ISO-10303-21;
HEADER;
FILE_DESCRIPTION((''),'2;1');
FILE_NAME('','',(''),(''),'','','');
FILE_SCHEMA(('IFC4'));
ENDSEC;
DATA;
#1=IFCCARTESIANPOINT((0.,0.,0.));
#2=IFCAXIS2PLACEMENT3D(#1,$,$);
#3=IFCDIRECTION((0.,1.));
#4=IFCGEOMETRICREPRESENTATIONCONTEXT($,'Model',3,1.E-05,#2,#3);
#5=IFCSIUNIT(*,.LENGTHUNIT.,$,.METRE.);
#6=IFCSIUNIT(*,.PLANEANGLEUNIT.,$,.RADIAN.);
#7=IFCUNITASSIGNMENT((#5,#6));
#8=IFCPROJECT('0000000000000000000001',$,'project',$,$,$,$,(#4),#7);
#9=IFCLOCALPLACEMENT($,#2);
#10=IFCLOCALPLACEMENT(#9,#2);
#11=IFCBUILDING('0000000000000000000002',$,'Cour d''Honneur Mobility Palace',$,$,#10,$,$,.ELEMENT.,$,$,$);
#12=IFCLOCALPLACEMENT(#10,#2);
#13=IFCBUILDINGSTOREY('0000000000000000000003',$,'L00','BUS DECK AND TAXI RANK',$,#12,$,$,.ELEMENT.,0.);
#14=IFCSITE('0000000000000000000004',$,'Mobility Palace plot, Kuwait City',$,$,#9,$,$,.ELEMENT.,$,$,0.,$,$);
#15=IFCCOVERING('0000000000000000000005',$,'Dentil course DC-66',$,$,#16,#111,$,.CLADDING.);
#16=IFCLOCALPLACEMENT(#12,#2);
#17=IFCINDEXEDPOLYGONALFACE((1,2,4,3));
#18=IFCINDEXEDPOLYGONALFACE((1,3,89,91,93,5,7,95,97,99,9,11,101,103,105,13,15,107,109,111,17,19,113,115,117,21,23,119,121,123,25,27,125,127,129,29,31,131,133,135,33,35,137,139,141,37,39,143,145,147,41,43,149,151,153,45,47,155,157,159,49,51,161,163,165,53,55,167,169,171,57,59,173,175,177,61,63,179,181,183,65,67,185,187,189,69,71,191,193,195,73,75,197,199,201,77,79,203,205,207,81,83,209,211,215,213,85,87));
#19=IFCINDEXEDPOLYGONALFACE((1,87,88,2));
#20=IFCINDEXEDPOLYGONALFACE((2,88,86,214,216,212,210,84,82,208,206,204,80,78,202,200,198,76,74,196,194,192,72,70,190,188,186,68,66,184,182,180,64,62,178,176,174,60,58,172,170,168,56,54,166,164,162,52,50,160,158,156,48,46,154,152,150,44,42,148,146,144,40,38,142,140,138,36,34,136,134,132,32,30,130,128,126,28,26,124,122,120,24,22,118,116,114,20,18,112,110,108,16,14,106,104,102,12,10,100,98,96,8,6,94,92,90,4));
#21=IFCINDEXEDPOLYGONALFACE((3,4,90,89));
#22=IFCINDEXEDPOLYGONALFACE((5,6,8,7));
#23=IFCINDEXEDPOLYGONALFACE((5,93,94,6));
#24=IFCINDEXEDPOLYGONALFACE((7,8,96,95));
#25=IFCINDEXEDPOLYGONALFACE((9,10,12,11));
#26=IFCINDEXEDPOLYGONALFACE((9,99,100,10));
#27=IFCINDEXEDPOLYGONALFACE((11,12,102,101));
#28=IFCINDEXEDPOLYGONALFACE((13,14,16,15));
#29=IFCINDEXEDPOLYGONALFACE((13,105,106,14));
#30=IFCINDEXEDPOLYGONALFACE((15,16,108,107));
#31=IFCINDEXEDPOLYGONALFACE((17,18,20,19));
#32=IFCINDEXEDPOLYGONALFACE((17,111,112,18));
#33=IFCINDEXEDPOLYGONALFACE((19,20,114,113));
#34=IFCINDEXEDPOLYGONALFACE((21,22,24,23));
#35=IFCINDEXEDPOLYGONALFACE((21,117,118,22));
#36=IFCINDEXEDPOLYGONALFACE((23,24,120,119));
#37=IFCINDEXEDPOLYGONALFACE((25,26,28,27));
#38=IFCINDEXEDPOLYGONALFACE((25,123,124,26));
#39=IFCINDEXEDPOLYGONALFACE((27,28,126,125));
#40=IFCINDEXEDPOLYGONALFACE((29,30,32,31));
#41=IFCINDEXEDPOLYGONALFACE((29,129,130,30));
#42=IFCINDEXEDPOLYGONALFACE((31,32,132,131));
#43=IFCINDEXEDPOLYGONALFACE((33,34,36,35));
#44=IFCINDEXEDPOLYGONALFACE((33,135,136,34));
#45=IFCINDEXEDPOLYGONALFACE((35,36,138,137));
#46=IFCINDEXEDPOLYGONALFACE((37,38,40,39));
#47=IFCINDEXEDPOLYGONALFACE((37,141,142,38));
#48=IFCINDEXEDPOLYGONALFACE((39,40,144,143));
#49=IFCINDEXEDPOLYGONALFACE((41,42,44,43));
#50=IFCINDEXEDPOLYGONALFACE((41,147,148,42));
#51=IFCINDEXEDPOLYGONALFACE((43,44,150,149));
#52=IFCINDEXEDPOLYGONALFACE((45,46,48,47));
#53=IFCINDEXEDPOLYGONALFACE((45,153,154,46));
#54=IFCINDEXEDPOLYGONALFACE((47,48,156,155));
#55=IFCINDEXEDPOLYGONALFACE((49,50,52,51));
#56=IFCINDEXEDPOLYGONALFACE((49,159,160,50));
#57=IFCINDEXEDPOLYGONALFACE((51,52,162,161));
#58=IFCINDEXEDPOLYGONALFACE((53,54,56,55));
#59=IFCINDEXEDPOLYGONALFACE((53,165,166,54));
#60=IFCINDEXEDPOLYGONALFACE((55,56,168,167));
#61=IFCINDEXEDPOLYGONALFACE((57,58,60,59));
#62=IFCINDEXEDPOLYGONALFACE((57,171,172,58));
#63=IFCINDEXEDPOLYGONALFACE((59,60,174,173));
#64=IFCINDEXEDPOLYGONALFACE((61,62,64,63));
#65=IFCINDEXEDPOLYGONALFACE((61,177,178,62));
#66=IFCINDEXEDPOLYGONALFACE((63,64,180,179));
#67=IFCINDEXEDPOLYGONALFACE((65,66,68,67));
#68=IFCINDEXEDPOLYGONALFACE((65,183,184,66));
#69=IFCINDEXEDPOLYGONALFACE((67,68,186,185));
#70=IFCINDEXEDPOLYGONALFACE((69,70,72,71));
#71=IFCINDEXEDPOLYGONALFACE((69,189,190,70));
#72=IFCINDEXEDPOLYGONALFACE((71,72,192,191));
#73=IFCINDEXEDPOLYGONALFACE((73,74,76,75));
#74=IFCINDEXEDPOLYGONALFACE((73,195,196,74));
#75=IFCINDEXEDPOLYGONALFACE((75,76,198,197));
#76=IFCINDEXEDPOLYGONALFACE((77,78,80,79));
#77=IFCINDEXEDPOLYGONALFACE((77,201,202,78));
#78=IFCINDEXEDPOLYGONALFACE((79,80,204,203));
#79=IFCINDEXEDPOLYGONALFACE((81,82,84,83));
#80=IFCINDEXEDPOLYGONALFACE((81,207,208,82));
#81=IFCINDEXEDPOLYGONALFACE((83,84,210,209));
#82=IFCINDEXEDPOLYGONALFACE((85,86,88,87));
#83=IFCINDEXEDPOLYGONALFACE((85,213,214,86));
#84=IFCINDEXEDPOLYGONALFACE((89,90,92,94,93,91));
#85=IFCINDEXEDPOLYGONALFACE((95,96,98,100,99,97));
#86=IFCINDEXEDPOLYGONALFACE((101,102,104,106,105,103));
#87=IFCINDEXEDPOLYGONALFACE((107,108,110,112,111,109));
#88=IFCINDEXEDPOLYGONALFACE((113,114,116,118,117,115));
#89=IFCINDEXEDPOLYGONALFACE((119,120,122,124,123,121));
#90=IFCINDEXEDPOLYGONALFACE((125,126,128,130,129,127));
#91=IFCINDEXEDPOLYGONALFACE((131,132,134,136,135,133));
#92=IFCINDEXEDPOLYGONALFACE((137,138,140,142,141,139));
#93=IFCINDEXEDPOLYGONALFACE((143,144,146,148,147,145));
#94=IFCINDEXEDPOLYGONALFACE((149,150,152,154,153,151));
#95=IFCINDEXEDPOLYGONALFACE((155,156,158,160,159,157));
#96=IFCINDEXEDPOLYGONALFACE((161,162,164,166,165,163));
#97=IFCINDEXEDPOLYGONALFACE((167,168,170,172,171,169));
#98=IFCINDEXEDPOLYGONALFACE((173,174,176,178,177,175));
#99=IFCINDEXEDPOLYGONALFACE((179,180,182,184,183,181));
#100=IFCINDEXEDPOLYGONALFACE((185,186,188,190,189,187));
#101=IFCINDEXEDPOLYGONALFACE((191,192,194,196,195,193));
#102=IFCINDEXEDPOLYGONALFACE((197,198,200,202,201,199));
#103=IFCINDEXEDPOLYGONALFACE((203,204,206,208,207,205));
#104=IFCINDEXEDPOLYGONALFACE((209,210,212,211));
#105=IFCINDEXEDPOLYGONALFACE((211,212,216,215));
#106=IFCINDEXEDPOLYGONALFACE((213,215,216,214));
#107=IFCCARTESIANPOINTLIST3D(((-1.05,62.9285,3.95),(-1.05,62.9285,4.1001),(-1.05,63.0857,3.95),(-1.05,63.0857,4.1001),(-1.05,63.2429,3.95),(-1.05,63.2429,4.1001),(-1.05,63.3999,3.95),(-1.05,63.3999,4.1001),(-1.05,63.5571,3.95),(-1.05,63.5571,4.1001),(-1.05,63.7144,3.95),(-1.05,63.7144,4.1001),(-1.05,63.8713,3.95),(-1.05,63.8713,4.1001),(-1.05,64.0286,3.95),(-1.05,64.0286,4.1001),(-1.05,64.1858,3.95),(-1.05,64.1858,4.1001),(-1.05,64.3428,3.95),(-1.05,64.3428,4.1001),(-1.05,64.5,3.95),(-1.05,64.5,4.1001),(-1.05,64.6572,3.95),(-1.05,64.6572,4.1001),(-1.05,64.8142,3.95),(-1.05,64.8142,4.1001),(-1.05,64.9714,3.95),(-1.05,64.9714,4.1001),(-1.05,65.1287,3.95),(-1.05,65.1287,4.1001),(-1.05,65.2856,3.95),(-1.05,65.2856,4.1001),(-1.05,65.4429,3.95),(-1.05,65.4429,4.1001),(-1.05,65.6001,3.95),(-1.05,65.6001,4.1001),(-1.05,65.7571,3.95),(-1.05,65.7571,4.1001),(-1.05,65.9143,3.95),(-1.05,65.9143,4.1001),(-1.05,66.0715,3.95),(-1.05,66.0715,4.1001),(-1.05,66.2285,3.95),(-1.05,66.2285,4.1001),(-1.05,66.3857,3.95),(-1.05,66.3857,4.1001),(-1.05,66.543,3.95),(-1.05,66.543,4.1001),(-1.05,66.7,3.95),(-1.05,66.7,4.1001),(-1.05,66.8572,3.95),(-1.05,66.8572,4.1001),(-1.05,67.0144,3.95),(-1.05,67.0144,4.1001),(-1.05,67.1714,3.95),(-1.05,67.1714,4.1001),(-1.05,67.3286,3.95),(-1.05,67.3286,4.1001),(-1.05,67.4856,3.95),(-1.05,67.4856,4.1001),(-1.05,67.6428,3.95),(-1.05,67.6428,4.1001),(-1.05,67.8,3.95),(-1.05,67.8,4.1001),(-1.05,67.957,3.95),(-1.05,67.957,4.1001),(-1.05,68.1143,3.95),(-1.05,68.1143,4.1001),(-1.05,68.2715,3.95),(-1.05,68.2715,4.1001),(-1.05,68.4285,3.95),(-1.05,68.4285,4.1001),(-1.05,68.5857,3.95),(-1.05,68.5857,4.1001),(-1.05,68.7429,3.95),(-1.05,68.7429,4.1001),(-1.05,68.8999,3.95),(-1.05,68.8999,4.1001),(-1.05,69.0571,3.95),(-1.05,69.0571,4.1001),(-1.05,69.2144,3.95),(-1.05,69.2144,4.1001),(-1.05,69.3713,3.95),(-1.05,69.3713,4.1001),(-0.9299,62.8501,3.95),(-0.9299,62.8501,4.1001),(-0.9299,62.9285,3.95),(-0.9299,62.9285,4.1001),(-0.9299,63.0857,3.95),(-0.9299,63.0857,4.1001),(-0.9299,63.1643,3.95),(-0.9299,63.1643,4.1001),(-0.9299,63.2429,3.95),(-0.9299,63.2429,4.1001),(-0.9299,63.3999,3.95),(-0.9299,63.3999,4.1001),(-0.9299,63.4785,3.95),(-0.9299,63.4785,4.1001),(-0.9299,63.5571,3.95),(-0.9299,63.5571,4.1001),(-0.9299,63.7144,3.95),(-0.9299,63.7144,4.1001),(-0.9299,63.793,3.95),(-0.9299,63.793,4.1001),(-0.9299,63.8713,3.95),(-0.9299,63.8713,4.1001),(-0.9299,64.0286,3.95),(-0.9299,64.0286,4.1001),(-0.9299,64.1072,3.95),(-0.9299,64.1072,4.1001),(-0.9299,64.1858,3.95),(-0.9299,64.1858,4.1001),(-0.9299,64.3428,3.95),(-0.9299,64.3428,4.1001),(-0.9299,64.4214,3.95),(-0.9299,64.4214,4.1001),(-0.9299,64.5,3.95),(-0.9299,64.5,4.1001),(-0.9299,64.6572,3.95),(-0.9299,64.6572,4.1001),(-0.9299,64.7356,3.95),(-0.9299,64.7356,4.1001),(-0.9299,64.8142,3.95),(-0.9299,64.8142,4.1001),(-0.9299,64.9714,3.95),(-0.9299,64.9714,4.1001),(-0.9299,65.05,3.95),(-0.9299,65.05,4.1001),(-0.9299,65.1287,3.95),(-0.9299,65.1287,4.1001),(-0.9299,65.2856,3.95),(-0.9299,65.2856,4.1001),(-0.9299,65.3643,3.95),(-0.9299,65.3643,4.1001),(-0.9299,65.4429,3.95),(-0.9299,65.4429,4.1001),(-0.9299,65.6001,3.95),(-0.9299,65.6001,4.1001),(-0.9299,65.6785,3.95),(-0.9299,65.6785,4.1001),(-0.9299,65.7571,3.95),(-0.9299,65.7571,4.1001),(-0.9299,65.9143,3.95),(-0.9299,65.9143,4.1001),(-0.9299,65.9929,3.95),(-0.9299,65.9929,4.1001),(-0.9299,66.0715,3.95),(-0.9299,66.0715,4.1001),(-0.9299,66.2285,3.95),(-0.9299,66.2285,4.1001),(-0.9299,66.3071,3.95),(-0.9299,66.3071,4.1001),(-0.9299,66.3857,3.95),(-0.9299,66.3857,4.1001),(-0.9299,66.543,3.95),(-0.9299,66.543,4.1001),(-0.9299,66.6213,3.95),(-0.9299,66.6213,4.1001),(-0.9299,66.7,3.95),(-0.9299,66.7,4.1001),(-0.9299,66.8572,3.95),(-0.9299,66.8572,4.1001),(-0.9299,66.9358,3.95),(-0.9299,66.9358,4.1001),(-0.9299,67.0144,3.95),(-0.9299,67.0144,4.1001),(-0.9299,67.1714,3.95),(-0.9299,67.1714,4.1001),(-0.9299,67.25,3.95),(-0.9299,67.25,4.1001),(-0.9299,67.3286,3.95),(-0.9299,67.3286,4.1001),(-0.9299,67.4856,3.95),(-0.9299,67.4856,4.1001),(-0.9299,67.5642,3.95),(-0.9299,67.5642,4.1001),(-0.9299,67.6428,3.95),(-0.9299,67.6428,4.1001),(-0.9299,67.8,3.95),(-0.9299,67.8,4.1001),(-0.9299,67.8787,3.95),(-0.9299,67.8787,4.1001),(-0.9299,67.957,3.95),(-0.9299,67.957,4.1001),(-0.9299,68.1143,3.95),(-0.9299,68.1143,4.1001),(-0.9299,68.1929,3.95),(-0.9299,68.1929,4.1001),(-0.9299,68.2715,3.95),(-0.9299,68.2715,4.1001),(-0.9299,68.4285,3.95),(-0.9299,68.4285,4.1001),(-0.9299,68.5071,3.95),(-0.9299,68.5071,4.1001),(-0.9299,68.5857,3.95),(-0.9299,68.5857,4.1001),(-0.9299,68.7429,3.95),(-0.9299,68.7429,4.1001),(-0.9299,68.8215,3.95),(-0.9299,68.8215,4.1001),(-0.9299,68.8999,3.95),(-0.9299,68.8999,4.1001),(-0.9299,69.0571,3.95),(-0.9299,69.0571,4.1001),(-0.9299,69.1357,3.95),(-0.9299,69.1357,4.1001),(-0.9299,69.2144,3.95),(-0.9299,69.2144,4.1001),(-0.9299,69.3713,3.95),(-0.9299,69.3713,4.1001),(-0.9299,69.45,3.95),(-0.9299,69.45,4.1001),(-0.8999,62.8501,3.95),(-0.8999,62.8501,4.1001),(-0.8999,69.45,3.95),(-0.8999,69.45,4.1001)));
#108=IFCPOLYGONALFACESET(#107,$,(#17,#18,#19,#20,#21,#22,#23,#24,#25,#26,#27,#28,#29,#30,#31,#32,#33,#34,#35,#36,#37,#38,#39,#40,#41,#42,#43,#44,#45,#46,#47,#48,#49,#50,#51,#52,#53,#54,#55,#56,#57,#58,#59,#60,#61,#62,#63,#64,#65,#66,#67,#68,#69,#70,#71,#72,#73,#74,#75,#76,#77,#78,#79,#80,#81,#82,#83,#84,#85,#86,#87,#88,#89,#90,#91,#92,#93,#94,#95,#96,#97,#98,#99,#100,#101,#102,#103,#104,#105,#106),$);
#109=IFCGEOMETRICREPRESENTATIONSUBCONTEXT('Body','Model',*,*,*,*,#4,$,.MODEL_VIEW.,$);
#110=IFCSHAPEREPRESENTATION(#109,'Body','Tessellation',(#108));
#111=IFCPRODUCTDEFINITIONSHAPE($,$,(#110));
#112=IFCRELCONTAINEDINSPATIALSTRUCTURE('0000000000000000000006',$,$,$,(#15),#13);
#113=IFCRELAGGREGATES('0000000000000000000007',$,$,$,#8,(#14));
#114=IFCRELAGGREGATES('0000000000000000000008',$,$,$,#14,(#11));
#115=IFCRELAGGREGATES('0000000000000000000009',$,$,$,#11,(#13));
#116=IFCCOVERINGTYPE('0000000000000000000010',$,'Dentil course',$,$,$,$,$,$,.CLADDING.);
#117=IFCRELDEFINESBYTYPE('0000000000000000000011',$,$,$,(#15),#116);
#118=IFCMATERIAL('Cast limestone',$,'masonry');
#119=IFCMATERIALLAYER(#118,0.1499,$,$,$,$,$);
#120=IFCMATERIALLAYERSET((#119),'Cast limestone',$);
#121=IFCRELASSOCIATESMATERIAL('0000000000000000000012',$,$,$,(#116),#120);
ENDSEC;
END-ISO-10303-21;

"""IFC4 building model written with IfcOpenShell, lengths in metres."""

from ifc_helpers import new_model, si_unit, direction, frame, origin, place, context, subcontext, project, spatial, polyline, outline, extrude, material, layer, layer_set, type_object, element, save


model = new_model("IFC4")

# Units and contexts
model_context = context("Model", 3, precision=1e-05, world=origin(), true_north=direction((0.0, 1.0)))
body_context = subcontext(model_context, "Body", "Model", "MODEL_VIEW")
ifc_project = project(units=[si_unit("LENGTHUNIT", "METRE"), si_unit("PLANEANGLEUNIT", "RADIAN")], contexts=[model_context])

# Site, building, storey
site_placement = place(None, origin())
site = spatial("IfcSite", under=ifc_project, at=site_placement, Name="Mobility Palace plot, Kuwait City", CompositionType="ELEMENT", RefElevation=0.0)
building_placement = place(site_placement, origin())
building = spatial("IfcBuilding", under=site, at=building_placement, Name="Cour d'Honneur Mobility Palace", CompositionType="ELEMENT")
storey_placement = place(building_placement, origin())
storey = spatial("IfcBuildingStorey", under=building, at=storey_placement, Name="L00", Description="BUS DECK AND TAXI RANK", CompositionType="ELEMENT", Elevation=0.0)

# Covering
ifc_material = material(Name="Cast limestone", Category="masonry")
ifc_layer = layer(ifc_material, 0.1499)
ifc_layer_set = layer_set([ifc_layer], Name="Cast limestone")
covering_type = type_object("IfcCoveringType", Name="Dentil course", PredefinedType="CLADDING", material=ifc_layer_set)
covering_1_placement = place(storey_placement, frame((0.0, 0.0, 3.95)))
element("IfcCovering", 1, at=covering_1_placement, inside=storey, type_object=covering_type, Name="Dentil course DC-66", PredefinedType="CLADDING", context=body_context, shape_type="SweptSolid", body=[
    extrude(outline(polyline([(-0.8999, 69.45), (-0.8999, 62.8501), (-0.9299, 62.8501), (-0.9299, 62.8501), (-0.9299, 62.9285), (-1.05, 62.9285), (-1.05, 63.0857), (-0.9299, 63.0857), (-0.9299, 63.1643), (-0.9299, 63.1643), (-0.9299, 63.2429), (-1.05, 63.2429), (-1.05, 63.3999), (-0.9299, 63.3999), (-0.9299, 63.4785), (-0.9299, 63.4785), (-0.9299, 63.5571), (-1.05, 63.5571), (-1.05, 63.7144), (-0.9299, 63.7144), (-0.9299, 63.793), (-0.9299, 63.793), (-0.9299, 63.8713), (-1.05, 63.8713), (-1.05, 64.0286), (-0.9299, 64.0286), (-0.9299, 64.1072), (-0.9299, 64.1072), (-0.9299, 64.1858), (-1.05, 64.1858), (-1.05, 64.3428), (-0.9299, 64.3428), (-0.9299, 64.4214), (-0.9299, 64.4214), (-0.9299, 64.5), (-1.05, 64.5), (-1.05, 64.6572), (-0.9299, 64.6572), (-0.9299, 64.7356), (-0.9299, 64.7356), (-0.9299, 64.8142), (-1.05, 64.8142), (-1.05, 64.9714), (-0.9299, 64.9714), (-0.9299, 65.05), (-0.9299, 65.05), (-0.9299, 65.1287), (-1.05, 65.1287), (-1.05, 65.2856), (-0.9299, 65.2856), (-0.9299, 65.3643), (-0.9299, 65.3643), (-0.9299, 65.4429), (-1.05, 65.4429), (-1.05, 65.6001), (-0.9299, 65.6001), (-0.9299, 65.6785), (-0.9299, 65.6785), (-0.9299, 65.7571), (-1.05, 65.7571), (-1.05, 65.9143), (-0.9299, 65.9143), (-0.9299, 65.9929), (-0.9299, 65.9929), (-0.9299, 66.0715), (-1.05, 66.0715), (-1.05, 66.2285), (-0.9299, 66.2285), (-0.9299, 66.3071), (-0.9299, 66.3071), (-0.9299, 66.3857), (-1.05, 66.3857), (-1.05, 66.543), (-0.9299, 66.543), (-0.9299, 66.6213), (-0.9299, 66.6213), (-0.9299, 66.7), (-1.05, 66.7), (-1.05, 66.8572), (-0.9299, 66.8572), (-0.9299, 66.9358), (-0.9299, 66.9358), (-0.9299, 67.0144), (-1.05, 67.0144), (-1.05, 67.1714), (-0.9299, 67.1714), (-0.9299, 67.25), (-0.9299, 67.25), (-0.9299, 67.3286), (-1.05, 67.3286), (-1.05, 67.4856), (-0.9299, 67.4856), (-0.9299, 67.5642), (-0.9299, 67.5642), (-0.9299, 67.6428), (-1.05, 67.6428), (-1.05, 67.8), (-0.9299, 67.8), (-0.9299, 67.8787), (-0.9299, 67.8787), (-0.9299, 67.957), (-1.05, 67.957), (-1.05, 68.1143), (-0.9299, 68.1143), (-0.9299, 68.1929), (-0.9299, 68.1929), (-0.9299, 68.2715), (-1.05, 68.2715), (-1.05, 68.4285), (-0.9299, 68.4285), (-0.9299, 68.5071), (-0.9299, 68.5071), (-0.9299, 68.5857), (-1.05, 68.5857), (-1.05, 68.7429), (-0.9299, 68.7429), (-0.9299, 68.8215), (-0.9299, 68.8215), (-0.9299, 68.8999), (-1.05, 68.8999), (-1.05, 69.0571), (-0.9299, 69.0571), (-0.9299, 69.1357), (-0.9299, 69.1357), (-0.9299, 69.2144), (-1.05, 69.2144), (-1.05, 69.3713), (-0.9299, 69.3713), (-0.9299, 69.45), (-0.8999, 69.45)])), origin(), (0.0, 0.0, 1.0), 0.1501),
])

save(model, "model.ifc")
